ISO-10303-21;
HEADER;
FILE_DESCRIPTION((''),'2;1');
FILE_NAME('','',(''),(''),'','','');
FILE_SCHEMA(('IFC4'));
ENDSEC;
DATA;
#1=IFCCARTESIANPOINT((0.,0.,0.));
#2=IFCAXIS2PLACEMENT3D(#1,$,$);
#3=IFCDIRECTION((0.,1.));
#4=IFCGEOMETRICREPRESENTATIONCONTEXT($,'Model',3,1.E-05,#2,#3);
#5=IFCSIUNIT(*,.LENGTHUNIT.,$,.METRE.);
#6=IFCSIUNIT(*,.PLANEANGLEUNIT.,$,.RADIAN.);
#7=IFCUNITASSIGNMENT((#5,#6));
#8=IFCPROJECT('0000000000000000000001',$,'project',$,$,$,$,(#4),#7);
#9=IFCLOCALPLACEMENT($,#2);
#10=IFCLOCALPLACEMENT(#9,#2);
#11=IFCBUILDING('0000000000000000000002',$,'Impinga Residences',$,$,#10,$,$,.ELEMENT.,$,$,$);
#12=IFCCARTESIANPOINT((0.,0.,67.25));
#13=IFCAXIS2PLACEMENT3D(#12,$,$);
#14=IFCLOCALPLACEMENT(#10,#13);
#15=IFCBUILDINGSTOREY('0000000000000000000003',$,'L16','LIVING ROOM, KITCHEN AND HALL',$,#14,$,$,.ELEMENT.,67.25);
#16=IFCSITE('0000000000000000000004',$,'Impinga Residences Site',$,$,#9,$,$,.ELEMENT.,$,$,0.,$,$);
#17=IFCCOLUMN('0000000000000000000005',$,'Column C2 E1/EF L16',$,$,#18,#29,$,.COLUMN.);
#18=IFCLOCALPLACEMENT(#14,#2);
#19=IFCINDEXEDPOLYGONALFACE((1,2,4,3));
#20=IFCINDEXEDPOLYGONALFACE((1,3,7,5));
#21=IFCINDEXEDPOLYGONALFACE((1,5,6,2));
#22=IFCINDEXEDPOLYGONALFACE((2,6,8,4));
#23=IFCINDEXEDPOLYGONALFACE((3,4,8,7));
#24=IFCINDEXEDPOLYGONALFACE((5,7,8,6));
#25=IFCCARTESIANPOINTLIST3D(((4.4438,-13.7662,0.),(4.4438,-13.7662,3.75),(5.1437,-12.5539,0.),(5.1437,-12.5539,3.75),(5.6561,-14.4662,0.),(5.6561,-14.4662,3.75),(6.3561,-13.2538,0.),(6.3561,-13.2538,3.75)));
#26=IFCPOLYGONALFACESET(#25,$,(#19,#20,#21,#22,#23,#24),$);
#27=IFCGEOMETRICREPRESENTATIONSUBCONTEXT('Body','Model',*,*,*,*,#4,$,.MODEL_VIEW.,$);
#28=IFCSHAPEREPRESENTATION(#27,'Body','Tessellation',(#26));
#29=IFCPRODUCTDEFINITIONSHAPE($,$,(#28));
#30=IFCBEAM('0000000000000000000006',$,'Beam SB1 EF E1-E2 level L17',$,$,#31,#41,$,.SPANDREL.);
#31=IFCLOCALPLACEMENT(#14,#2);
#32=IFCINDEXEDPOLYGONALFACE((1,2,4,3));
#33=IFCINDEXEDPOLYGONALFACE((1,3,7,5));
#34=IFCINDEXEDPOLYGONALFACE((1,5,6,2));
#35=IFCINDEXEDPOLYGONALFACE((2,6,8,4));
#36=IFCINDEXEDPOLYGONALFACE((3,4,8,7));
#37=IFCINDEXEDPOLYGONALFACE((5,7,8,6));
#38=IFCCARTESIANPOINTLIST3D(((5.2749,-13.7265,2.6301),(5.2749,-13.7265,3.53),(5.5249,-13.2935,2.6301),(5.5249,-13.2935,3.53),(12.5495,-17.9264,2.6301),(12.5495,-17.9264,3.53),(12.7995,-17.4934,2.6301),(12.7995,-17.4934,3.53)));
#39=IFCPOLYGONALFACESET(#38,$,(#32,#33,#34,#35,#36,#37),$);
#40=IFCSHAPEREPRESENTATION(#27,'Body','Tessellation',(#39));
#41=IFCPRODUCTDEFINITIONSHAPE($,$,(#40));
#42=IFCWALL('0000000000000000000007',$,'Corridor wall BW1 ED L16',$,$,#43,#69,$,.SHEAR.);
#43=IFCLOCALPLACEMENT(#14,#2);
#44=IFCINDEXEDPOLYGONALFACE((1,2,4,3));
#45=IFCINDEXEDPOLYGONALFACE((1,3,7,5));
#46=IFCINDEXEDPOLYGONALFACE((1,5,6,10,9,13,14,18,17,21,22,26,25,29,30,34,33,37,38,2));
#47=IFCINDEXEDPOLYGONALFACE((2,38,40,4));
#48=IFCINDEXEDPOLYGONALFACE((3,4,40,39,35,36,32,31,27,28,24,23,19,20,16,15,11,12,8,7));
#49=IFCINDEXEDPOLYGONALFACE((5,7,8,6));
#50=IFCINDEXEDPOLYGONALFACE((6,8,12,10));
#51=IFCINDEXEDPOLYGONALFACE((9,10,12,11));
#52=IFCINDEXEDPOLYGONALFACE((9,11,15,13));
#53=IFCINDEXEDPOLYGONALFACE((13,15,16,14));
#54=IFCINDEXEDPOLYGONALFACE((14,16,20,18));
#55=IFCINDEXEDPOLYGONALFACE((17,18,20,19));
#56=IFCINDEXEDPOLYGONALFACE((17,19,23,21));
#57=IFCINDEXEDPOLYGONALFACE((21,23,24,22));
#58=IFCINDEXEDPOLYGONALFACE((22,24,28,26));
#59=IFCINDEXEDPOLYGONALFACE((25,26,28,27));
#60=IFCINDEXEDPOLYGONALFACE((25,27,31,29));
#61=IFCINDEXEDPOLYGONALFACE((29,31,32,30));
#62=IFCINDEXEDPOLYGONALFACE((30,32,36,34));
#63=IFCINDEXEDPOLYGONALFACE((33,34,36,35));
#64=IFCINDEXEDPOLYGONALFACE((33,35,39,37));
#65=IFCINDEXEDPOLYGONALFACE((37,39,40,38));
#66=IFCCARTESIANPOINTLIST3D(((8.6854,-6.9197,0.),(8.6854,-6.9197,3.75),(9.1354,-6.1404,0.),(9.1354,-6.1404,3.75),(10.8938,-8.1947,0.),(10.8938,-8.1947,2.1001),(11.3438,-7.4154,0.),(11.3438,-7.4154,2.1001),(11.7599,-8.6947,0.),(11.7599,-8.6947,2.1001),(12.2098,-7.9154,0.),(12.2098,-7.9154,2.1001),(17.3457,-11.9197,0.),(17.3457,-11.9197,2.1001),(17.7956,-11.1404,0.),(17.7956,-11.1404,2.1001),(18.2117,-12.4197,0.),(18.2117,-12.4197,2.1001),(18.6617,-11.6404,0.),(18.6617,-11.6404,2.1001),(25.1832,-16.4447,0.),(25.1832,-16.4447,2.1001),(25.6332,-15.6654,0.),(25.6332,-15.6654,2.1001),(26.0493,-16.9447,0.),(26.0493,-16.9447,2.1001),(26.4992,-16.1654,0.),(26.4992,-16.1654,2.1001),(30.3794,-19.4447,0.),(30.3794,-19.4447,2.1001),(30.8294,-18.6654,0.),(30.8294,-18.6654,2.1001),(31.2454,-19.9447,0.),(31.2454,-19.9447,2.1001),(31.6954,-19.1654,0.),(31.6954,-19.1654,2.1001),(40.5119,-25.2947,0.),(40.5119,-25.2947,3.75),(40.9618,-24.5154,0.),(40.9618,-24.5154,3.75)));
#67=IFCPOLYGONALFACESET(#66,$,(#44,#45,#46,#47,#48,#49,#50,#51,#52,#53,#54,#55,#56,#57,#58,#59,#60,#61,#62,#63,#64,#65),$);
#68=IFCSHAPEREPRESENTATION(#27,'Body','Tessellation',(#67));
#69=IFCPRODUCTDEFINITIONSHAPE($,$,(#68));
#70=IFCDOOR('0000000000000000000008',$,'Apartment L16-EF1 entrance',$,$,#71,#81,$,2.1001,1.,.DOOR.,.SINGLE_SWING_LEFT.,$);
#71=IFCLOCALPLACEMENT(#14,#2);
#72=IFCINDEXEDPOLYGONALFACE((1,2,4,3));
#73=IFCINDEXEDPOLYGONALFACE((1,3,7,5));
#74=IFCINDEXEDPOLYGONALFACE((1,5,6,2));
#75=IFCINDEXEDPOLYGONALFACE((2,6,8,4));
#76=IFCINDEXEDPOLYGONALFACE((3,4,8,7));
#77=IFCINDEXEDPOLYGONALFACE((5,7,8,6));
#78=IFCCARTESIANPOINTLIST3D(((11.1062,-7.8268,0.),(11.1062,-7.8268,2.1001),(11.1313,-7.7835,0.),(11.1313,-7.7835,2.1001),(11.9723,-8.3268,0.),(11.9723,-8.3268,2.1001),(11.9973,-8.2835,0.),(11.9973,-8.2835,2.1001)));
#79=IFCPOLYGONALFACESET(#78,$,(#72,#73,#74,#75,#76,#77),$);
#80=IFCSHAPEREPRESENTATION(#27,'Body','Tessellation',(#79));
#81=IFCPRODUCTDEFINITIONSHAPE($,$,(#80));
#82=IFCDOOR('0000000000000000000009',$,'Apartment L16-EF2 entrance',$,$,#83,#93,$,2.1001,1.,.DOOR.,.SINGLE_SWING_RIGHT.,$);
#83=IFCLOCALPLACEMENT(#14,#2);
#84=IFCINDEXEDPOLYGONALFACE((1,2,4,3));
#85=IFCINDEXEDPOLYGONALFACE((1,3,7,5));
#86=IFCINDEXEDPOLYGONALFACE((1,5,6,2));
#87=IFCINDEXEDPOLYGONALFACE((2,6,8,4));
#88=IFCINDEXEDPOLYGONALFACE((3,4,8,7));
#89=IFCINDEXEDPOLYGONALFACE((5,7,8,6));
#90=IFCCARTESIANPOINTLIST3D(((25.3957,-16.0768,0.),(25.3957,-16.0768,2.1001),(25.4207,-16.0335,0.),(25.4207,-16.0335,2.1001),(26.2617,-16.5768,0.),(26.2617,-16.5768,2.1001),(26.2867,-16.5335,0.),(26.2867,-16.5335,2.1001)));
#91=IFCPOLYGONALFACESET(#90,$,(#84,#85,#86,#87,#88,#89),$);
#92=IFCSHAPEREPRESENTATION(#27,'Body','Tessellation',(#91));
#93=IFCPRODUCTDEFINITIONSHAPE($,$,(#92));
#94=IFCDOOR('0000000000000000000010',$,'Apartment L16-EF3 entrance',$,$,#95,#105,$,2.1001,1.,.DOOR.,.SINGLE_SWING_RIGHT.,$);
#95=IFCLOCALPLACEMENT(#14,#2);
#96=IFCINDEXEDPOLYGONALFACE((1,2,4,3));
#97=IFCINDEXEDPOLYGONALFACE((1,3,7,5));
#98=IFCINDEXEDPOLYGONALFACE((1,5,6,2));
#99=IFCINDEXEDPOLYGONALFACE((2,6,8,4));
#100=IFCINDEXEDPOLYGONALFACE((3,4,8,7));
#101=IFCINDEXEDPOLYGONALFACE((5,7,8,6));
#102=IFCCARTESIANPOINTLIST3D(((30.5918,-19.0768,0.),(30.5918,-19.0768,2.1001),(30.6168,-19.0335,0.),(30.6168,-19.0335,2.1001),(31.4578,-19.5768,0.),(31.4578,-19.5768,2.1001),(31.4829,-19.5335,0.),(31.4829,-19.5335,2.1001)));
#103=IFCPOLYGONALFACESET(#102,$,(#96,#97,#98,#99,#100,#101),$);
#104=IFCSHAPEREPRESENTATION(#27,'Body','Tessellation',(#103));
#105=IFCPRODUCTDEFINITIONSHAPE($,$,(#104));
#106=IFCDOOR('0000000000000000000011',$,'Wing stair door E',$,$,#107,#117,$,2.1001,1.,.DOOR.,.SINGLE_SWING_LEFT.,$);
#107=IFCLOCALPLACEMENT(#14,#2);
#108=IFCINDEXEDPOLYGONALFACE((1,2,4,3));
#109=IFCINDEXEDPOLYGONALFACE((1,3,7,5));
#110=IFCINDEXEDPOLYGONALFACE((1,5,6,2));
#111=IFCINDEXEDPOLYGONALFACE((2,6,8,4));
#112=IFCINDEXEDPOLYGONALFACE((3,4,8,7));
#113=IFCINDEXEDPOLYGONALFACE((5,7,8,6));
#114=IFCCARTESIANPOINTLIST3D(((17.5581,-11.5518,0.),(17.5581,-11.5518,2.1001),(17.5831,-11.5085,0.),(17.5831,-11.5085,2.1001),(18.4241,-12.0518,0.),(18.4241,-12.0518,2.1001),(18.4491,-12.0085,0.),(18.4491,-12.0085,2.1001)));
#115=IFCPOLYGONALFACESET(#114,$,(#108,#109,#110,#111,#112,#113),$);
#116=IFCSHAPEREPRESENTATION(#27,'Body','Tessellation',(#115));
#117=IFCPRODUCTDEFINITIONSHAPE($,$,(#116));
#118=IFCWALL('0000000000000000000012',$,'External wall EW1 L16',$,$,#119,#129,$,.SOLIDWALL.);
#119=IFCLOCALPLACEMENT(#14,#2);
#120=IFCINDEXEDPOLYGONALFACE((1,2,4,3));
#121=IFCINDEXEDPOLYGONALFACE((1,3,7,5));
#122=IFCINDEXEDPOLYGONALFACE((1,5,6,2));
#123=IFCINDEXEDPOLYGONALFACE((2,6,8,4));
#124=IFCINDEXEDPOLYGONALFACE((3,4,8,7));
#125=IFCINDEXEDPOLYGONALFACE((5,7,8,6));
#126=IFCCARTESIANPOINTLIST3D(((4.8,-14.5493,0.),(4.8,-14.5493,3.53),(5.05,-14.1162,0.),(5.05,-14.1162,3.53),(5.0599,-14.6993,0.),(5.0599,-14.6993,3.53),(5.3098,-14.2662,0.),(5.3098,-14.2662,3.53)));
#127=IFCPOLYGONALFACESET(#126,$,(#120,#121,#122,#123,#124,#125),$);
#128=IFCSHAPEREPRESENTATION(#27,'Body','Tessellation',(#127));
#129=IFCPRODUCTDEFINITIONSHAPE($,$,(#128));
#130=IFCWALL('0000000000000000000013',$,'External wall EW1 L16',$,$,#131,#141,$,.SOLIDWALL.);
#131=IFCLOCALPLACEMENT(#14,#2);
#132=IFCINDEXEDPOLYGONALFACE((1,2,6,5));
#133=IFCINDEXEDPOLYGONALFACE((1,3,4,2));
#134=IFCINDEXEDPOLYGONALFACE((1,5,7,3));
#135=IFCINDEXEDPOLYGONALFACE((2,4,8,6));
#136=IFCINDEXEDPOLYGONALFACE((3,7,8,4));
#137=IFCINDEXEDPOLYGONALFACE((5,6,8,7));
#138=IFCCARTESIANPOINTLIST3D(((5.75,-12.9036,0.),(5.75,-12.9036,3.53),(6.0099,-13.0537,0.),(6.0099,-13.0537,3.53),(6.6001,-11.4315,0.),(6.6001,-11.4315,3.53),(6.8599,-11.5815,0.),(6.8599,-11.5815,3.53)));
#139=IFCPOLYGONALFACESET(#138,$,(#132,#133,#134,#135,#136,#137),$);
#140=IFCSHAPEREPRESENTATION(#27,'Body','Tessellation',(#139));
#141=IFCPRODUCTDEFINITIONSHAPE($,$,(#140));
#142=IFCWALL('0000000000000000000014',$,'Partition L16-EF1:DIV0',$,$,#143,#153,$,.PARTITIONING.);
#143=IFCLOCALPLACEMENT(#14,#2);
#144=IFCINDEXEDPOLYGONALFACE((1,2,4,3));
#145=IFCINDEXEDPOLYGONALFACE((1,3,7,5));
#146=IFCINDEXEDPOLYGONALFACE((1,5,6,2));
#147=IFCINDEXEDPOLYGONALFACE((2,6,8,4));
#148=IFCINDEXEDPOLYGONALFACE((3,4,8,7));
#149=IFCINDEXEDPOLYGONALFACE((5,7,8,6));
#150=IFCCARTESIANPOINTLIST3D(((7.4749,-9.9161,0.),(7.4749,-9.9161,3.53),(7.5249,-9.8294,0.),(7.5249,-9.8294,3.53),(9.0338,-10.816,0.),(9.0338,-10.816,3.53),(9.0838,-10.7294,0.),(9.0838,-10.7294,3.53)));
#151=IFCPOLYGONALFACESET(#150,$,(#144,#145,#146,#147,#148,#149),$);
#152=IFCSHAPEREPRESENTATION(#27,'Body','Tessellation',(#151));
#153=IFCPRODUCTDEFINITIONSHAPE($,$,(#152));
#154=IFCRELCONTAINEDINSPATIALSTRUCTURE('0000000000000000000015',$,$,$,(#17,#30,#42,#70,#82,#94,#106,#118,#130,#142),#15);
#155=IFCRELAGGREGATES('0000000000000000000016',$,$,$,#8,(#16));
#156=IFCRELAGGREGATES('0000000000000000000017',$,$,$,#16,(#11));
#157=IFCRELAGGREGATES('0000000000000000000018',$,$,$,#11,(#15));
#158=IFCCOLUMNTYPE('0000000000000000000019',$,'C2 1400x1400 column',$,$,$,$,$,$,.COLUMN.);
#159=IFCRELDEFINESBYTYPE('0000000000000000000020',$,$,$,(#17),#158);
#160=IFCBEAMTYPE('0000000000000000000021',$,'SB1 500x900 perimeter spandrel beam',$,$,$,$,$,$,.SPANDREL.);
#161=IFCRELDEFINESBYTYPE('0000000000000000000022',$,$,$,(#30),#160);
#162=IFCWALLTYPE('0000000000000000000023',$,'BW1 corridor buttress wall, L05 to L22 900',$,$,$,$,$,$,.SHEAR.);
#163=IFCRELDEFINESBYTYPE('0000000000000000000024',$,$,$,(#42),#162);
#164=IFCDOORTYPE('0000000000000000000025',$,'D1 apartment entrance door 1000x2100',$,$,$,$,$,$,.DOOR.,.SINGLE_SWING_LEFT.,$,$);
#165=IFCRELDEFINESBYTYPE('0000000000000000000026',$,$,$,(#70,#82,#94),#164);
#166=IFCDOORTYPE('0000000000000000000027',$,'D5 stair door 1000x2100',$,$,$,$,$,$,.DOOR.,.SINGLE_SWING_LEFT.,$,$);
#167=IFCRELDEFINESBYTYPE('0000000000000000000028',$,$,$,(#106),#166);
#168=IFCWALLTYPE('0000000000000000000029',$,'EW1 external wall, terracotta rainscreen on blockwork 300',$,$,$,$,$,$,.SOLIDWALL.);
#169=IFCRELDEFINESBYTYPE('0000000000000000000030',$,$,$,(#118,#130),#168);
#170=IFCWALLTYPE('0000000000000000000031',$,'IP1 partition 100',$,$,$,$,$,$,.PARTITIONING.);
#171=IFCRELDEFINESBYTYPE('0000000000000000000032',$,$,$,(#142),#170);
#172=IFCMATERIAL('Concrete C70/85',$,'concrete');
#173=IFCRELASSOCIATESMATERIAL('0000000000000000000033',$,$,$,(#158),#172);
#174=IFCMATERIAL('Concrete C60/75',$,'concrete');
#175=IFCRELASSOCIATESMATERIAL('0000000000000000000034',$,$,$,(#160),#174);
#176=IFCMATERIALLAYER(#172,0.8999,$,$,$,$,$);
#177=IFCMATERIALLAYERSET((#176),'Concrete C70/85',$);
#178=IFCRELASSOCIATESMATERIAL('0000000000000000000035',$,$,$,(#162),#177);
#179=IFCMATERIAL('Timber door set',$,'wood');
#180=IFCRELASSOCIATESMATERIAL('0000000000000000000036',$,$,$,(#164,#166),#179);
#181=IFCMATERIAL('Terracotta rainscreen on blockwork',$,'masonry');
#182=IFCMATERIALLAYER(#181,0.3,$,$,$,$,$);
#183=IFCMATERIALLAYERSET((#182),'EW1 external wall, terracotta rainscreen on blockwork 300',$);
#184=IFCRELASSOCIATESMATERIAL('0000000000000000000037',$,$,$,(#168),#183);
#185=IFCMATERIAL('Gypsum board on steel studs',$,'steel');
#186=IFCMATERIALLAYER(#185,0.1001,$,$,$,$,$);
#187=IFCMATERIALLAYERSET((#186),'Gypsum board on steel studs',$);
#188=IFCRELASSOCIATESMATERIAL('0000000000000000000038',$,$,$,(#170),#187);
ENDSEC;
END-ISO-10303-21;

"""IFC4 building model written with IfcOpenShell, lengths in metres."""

from ifc_helpers import new_model, si_unit, direction, frame, frame_2d, origin, origin_2d, place, context, subcontext, project, spatial, rectangle, extrude, material, layer, layer_set, material_profile, profile_set, type_object, element, fill, save


model = new_model("IFC4")

# Units and contexts
model_context = context("Model", 3, precision=1e-05, world=origin(), true_north=direction((0.0, 1.0)))
body_context = subcontext(model_context, "Body", "Model", "MODEL_VIEW")
ifc_project = project(units=[si_unit("LENGTHUNIT", "METRE"), si_unit("PLANEANGLEUNIT", "RADIAN")], contexts=[model_context])

# Site, building, storey
site_placement = place(None, origin())
site = spatial("IfcSite", under=ifc_project, at=site_placement, Name="Impinga Residences Site", CompositionType="ELEMENT", RefElevation=0.0)
building_placement = place(site_placement, origin())
building = spatial("IfcBuilding", under=site, at=building_placement, Name="Impinga Residences", CompositionType="ELEMENT")
storey_placement = place(building_placement, frame((0.0, 0.0, 67.25)))
storey = spatial("IfcBuildingStorey", under=building, at=storey_placement, Name="L16", Description="LIVING ROOM, KITCHEN AND HALL", CompositionType="ELEMENT", Elevation=67.25)

# Column
ifc_material_1 = material(Name="Concrete C70/85", Category="concrete")
ifc_material_profile_1 = material_profile(ifc_material_1, rectangle(XDim=1.3999, YDim=1.3999, at=origin_2d()), Name="RC 1400x1400")
ifc_profile_set_1 = profile_set([ifc_material_profile_1], Name="Concrete C70/85")
column_type = type_object("IfcColumnType", Name="C2 1400x1400 column", PredefinedType="COLUMN", material=ifc_profile_set_1)
column_placement = place(storey_placement, frame((5.3999, -13.51, 0.0), z_axis=(0.0, 0.0, 1.0), x_axis=(-0.5, -0.866025, 0.0)))
element("IfcColumn", 1, at=column_placement, inside=storey, type_object=column_type, Name="Column C2 E1/EF L16", PredefinedType="COLUMN", context=body_context, shape_type="SweptSolid", body=[
    extrude(rectangle(XDim=1.3999, YDim=1.3999, at=origin_2d()), origin(), (0.0, 0.0, 1.0), 3.75),
])

# Beam
ifc_material_2 = material(Name="Concrete C60/75", Category="concrete")
ifc_material_profile_2 = material_profile(ifc_material_2, rectangle(XDim=0.5, YDim=0.8999, at=origin_2d()), Name="RC 500x900")
ifc_profile_set_2 = profile_set([ifc_material_profile_2], Name="Concrete C60/75")
beam_type = type_object("IfcBeamType", Name="SB1 500x900 perimeter spandrel beam", PredefinedType="SPANDREL", material=ifc_profile_set_2)
beam_placement = place(storey_placement, frame((5.3999, -13.51, 3.0801), z_axis=(0.866029, -0.499993, 0.0), x_axis=(0.499993, 0.866029, 0.0)))
element("IfcBeam", 2, at=beam_placement, inside=storey, type_object=beam_type, Name="Beam SB1 EF E1-E2 level L17", PredefinedType="SPANDREL", context=body_context, shape_type="SweptSolid", body=[
    extrude(rectangle(XDim=0.5, YDim=0.8999, at=origin_2d()), origin(), (0.0, 0.0, 1.0), 8.3999),
])

# Wall, openings, doors
ifc_layer_1 = layer(ifc_material_1, 0.8999)
ifc_layer_set_1 = layer_set([ifc_layer_1], Name="Concrete C70/85")
wall_type_1 = type_object("IfcWallType", Name="BW1 corridor buttress wall, L05 to L22 900", PredefinedType="SHEAR", material=ifc_layer_set_1)
wall_1_placement = place(storey_placement, frame((8.9104, -6.53, 0.0), z_axis=(0.0, 0.0, 1.0), x_axis=(0.866025, -0.5, 0.0)))
wall_1 = element("IfcWall", 3, at=wall_1_placement, inside=storey, type_object=wall_type_1, Name="Corridor wall BW1 ED L16", PredefinedType="SHEAR", context=body_context, shape_type="SweptSolid", body=[
    extrude(rectangle(XDim=36.75, YDim=0.8999, at=frame_2d((18.375, 0.0))), origin(), (0.0, 0.0, 1.0), 3.75),
])
opening_1_placement = place(wall_1_placement, frame((10.0, 0.0, 0.0)))
opening_1 = element("IfcOpeningElement", 4, at=opening_1_placement, cuts=wall_1, PredefinedType="OPENING", context=body_context, shape_type="SweptSolid", body=[
    extrude(rectangle(XDim=1.0, YDim=2.1001, at=frame_2d((0.5, 1.05))), frame((0.0, 0.46, 0.0), z_axis=(0.0, -1.0, 0.0), x_axis=(1.0, 0.0, 0.0)), (0.0, 0.0, 1.0), 0.9199),
])
opening_2_placement = place(wall_1_placement, frame((2.55, 0.0, 0.0)))
opening_2 = element("IfcOpeningElement", 5, at=opening_2_placement, cuts=wall_1, PredefinedType="OPENING", context=body_context, shape_type="SweptSolid", body=[
    extrude(rectangle(XDim=1.0, YDim=2.1001, at=frame_2d((0.5, 1.05))), frame((0.0, 0.46, 0.0), z_axis=(0.0, -1.0, 0.0), x_axis=(1.0, 0.0, 0.0)), (0.0, 0.0, 1.0), 0.9199),
])
opening_3_placement = place(wall_1_placement, frame((19.05, 0.0, 0.0)))
opening_3 = element("IfcOpeningElement", 6, at=opening_3_placement, cuts=wall_1, PredefinedType="OPENING", context=body_context, shape_type="SweptSolid", body=[
    extrude(rectangle(XDim=1.0, YDim=2.1001, at=frame_2d((0.5, 1.05))), frame((0.0, 0.46, 0.0), z_axis=(0.0, -1.0, 0.0), x_axis=(1.0, 0.0, 0.0)), (0.0, 0.0, 1.0), 0.9199),
])
opening_4_placement = place(wall_1_placement, frame((25.05, 0.0, 0.0)))
opening_4 = element("IfcOpeningElement", 7, at=opening_4_placement, cuts=wall_1, PredefinedType="OPENING", context=body_context, shape_type="SweptSolid", body=[
    extrude(rectangle(XDim=1.0, YDim=2.1001, at=frame_2d((0.5, 1.05))), frame((0.0, 0.46, 0.0), z_axis=(0.0, -1.0, 0.0), x_axis=(1.0, 0.0, 0.0)), (0.0, 0.0, 1.0), 0.9199),
])
ifc_material_3 = material(Name="Timber door set", Category="wood")
door_type_1 = type_object("IfcDoorType", Name="D1 apartment entrance door 1000x2100", OperationType="SINGLE_SWING_LEFT", PredefinedType="DOOR", material=ifc_material_3)
door_1_placement = place(opening_2_placement, origin())
door_1 = element("IfcDoor", 8, at=door_1_placement, inside=storey, type_object=door_type_1, Name="Apartment L16-EF1 entrance", OperationType="SINGLE_SWING_LEFT", OverallHeight=2.1001, OverallWidth=1.0, PredefinedType="DOOR", context=body_context, shape_type="SweptSolid", body=[
    extrude(rectangle(XDim=1.0, YDim=2.1001, at=frame_2d((0.5, 1.05))), frame((0.0, 0.0249, 0.0), z_axis=(0.0, -1.0, 0.0), x_axis=(1.0, 0.0, 0.0)), (0.0, 0.0, 1.0), 0.05),
])
fill(opening_2, door_1)
door_2_placement = place(opening_3_placement, origin())
door_2 = element("IfcDoor", 9, at=door_2_placement, inside=storey, type_object=door_type_1, Name="Apartment L16-EF2 entrance", OperationType="SINGLE_SWING_RIGHT", OverallHeight=2.1001, OverallWidth=1.0, PredefinedType="DOOR", context=body_context, shape_type="SweptSolid", body=[
    extrude(rectangle(XDim=1.0, YDim=2.1001, at=frame_2d((0.5, 1.05))), frame((0.0, 0.0249, 0.0), z_axis=(0.0, -1.0, 0.0), x_axis=(1.0, 0.0, 0.0)), (0.0, 0.0, 1.0), 0.05),
])
fill(opening_3, door_2)
door_3_placement = place(opening_4_placement, origin())
door_3 = element("IfcDoor", 10, at=door_3_placement, inside=storey, type_object=door_type_1, Name="Apartment L16-EF3 entrance", OperationType="SINGLE_SWING_RIGHT", OverallHeight=2.1001, OverallWidth=1.0, PredefinedType="DOOR", context=body_context, shape_type="SweptSolid", body=[
    extrude(rectangle(XDim=1.0, YDim=2.1001, at=frame_2d((0.5, 1.05))), frame((0.0, 0.0249, 0.0), z_axis=(0.0, -1.0, 0.0), x_axis=(1.0, 0.0, 0.0)), (0.0, 0.0, 1.0), 0.05),
])
fill(opening_4, door_3)
door_type_2 = type_object("IfcDoorType", Name="D5 stair door 1000x2100", OperationType="SINGLE_SWING_LEFT", PredefinedType="DOOR", material=ifc_material_3)
door_4_placement = place(opening_1_placement, origin())
door_4 = element("IfcDoor", 11, at=door_4_placement, inside=storey, type_object=door_type_2, Name="Wing stair door E", OperationType="SINGLE_SWING_LEFT", OverallHeight=2.1001, OverallWidth=1.0, PredefinedType="DOOR", context=body_context, shape_type="SweptSolid", body=[
    extrude(rectangle(XDim=1.0, YDim=2.1001, at=frame_2d((0.5, 1.05))), frame((0.0, 0.0249, 0.0), z_axis=(0.0, -1.0, 0.0), x_axis=(1.0, 0.0, 0.0)), (0.0, 0.0, 1.0), 0.05),
])
fill(opening_1, door_4)

# Walls
ifc_material_4 = material(Name="Terracotta rainscreen on blockwork", Category="masonry")
ifc_layer_2 = layer(ifc_material_4, 0.3)
ifc_layer_set_2 = layer_set([ifc_layer_2], Name="EW1 external wall, terracotta rainscreen on blockwork 300")
wall_type_2 = type_object("IfcWallType", Name="EW1 external wall, terracotta rainscreen on blockwork 300", PredefinedType="SOLIDWALL", material=ifc_layer_set_2)
wall_2_placement = place(storey_placement, frame((4.9299, -14.6243, 0.0), z_axis=(0.0, 0.0, 1.0), x_axis=(0.49992, 0.866072, 0.0)))
element("IfcWall", 12, at=wall_2_placement, inside=storey, type_object=wall_type_2, Name="External wall EW1 L16", PredefinedType="SOLIDWALL", context=body_context, shape_type="SweptSolid", body=[
    extrude(rectangle(XDim=0.5, YDim=0.3, at=frame_2d((0.25, 0.0))), origin(), (0.0, 0.0, 1.0), 3.53),
])
wall_3_placement = place(storey_placement, frame((5.8799, -12.9788, 0.0), z_axis=(0.0, 0.0, 1.0), x_axis=(0.500062, 0.865989, 0.0)))
element("IfcWall", 13, at=wall_3_placement, inside=storey, type_object=wall_type_2, Name="External wall EW1 L16", PredefinedType="SOLIDWALL", context=body_context, shape_type="SweptSolid", body=[
    extrude(rectangle(XDim=1.7, YDim=0.3, at=frame_2d((0.8501, 0.0))), origin(), (0.0, 0.0, 1.0), 3.53),
])
ifc_material_5 = material(Name="Gypsum board on steel studs", Category="steel")
ifc_layer_3 = layer(ifc_material_5, 0.1001)
ifc_layer_set_3 = layer_set([ifc_layer_3], Name="Gypsum board on steel studs")
wall_type_3 = type_object("IfcWallType", Name="IP1 partition 100", PredefinedType="PARTITIONING", material=ifc_layer_set_3)
wall_4_placement = place(storey_placement, frame((7.5, -9.8728, 0.0), z_axis=(0.0, 0.0, 1.0), x_axis=(0.866048, -0.499961, 0.0)))
element("IfcWall", 14, at=wall_4_placement, inside=storey, type_object=wall_type_3, Name="Partition L16-EF1:DIV0", PredefinedType="PARTITIONING", context=body_context, shape_type="SweptSolid", body=[
    extrude(rectangle(XDim=1.8, YDim=0.1001, at=frame_2d((0.8999, 0.0))), origin(), (0.0, 0.0, 1.0), 3.53),
])

save(model, "model.ifc")
